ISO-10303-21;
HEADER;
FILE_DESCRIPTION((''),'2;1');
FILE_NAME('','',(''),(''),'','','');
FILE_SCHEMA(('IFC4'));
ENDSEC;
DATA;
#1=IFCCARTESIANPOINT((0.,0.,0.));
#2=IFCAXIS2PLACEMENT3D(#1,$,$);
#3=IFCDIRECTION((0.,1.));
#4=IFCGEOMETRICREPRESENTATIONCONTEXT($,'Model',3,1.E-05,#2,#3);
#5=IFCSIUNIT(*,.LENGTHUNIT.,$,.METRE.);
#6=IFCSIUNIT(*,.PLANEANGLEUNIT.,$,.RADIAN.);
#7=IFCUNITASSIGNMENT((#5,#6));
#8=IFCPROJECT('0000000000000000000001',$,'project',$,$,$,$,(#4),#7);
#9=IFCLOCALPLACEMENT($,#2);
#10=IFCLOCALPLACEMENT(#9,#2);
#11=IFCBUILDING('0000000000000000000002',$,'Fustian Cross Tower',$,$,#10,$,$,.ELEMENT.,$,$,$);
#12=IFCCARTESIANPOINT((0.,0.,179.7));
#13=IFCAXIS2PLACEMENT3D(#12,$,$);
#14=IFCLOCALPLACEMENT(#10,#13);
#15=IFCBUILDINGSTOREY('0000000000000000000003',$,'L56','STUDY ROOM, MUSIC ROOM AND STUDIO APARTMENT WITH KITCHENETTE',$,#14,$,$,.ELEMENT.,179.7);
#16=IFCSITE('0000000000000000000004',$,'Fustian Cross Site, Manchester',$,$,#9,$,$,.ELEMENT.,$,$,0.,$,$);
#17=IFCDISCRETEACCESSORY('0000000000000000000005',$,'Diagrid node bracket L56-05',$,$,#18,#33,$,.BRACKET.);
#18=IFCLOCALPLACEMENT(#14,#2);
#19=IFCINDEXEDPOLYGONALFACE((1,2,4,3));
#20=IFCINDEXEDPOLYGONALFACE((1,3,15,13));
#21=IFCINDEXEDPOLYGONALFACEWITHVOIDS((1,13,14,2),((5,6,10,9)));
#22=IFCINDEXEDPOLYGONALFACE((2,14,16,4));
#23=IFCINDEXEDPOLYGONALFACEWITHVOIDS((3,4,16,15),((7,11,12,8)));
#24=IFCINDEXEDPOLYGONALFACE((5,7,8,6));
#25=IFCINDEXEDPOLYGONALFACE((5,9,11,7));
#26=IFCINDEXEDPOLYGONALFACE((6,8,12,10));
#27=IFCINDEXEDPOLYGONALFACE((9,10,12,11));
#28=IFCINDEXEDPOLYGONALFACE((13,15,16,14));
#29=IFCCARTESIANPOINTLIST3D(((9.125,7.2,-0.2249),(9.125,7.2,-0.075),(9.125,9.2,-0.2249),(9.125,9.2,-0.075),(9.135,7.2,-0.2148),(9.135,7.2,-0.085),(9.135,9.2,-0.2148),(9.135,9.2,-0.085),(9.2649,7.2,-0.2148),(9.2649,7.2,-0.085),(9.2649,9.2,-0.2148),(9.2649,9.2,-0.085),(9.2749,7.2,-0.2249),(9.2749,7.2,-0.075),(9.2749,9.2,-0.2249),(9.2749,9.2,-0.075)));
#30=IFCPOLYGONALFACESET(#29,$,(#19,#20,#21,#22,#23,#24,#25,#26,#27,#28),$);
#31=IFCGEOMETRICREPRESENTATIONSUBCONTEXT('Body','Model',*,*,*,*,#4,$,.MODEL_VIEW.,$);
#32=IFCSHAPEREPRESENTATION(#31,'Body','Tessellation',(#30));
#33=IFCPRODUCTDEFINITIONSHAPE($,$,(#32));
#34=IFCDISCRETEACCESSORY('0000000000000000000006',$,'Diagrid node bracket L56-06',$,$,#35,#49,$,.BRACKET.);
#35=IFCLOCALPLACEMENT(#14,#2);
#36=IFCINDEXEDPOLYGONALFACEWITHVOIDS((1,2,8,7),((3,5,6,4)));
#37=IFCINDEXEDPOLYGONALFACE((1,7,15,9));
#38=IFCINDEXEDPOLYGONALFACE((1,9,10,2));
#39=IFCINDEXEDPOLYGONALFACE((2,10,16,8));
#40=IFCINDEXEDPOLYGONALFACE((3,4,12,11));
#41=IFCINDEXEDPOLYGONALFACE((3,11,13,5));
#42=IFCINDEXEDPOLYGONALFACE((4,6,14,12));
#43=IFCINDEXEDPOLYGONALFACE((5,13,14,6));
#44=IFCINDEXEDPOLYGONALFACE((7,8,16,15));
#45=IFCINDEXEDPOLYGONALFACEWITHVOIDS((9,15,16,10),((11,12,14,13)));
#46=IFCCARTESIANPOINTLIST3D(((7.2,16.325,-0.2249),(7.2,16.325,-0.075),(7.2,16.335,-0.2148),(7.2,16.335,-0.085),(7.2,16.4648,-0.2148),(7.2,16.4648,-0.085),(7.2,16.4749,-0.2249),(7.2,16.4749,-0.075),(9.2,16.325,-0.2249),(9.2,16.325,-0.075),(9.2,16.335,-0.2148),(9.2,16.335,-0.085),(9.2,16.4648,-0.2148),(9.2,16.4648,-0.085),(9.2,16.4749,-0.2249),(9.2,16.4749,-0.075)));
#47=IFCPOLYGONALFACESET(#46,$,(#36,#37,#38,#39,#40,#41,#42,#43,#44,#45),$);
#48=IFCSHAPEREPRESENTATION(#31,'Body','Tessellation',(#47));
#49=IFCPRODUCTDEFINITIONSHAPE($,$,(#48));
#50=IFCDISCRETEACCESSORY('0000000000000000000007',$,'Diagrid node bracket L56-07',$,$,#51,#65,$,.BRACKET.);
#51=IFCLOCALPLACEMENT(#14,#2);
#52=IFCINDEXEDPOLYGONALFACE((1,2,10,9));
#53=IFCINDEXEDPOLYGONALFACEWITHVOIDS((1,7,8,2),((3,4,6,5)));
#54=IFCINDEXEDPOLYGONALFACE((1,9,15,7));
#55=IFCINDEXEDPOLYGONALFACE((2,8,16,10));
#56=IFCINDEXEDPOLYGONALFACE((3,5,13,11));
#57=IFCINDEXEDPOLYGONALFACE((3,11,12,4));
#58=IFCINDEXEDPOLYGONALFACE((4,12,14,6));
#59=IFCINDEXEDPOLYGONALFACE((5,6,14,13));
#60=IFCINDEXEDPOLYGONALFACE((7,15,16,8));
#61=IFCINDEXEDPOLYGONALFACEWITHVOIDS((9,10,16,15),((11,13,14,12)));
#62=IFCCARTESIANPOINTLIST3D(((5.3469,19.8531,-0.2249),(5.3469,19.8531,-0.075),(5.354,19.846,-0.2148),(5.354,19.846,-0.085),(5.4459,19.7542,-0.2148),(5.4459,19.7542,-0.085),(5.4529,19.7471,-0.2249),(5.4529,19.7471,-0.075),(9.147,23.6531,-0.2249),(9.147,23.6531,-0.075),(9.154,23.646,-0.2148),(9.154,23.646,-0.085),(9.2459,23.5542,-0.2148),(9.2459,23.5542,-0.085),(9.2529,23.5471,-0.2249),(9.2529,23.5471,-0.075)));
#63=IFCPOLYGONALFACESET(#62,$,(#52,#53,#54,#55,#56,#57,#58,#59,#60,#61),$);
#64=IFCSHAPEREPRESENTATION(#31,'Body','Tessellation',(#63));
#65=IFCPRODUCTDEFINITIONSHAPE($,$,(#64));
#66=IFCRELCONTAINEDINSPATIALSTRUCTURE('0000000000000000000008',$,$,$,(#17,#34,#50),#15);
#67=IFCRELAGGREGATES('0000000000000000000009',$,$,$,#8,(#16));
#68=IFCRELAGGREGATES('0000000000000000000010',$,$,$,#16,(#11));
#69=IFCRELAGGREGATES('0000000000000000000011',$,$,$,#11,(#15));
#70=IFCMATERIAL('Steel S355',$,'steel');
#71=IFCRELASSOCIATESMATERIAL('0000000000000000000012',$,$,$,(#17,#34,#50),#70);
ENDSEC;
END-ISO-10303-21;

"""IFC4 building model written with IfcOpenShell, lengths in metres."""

from ifc_helpers import new_model, si_unit, direction, frame, origin, origin_2d, place, context, subcontext, project, spatial, hollow_rectangle, extrude, material, element, save


model = new_model("IFC4")

# Units and contexts
model_context = context("Model", 3, precision=1e-05, world=origin(), true_north=direction((0.0, 1.0)))
body_context = subcontext(model_context, "Body", "Model", "MODEL_VIEW")
ifc_project = project(units=[si_unit("LENGTHUNIT", "METRE"), si_unit("PLANEANGLEUNIT", "RADIAN")], contexts=[model_context])

# Site, building, storey
site_placement = place(None, origin())
site = spatial("IfcSite", under=ifc_project, at=site_placement, Name="Fustian Cross Site, Manchester", CompositionType="ELEMENT", RefElevation=0.0)
building_placement = place(site_placement, origin())
building = spatial("IfcBuilding", under=site, at=building_placement, Name="Fustian Cross Tower", CompositionType="ELEMENT")
storey_placement = place(building_placement, frame((0.0, 0.0, 179.7)))
storey = spatial("IfcBuildingStorey", under=building, at=storey_placement, Name="L56", Description="STUDY ROOM, MUSIC ROOM AND STUDIO APARTMENT WITH KITCHENETTE", CompositionType="ELEMENT", Elevation=179.7)

# Discrete accessories
ifc_material_1 = material(Name="Steel S355", Category="steel")
for number, where, z_axis, x_axis, name in (
    (1, (9.2, 9.2, -0.1499), (0.0, -1.0, 0.0), (1.0, 0.0, 0.0), "Diagrid node bracket L56-05"),
    (2, (9.2, 16.3999, -0.1499), (-1.0, 0.0, 0.0), (0.0, -1.0, 0.0), "Diagrid node bracket L56-06"),
):
    element("IfcDiscreteAccessory", number, at=place(storey_placement, frame(where, z_axis=z_axis, x_axis=x_axis)), inside=storey, material=ifc_material_1, Name=name, PredefinedType="BRACKET", context=body_context, shape_type="SweptSolid", body=[
        extrude(hollow_rectangle(XDim=0.1499, YDim=0.1499, WallThickness=0.01, at=origin_2d()), origin(), (0.0, 0.0, 1.0), 2.0),
    ])
discrete_accessory_placement = place(storey_placement, frame((9.2, 23.6001, -0.1499), z_axis=(-0.707107, -0.707107, 0.0), x_axis=(0.707107, -0.707107, 0.0)))
element("IfcDiscreteAccessory", 3, at=discrete_accessory_placement, inside=storey, material=ifc_material_1, Name="Diagrid node bracket L56-07", PredefinedType="BRACKET", context=body_context, shape_type="SweptSolid", body=[
    extrude(hollow_rectangle(XDim=0.1499, YDim=0.1499, WallThickness=0.01, at=origin_2d()), origin(), (0.0, 0.0, 1.0), 5.374),
])

save(model, "model.ifc")
